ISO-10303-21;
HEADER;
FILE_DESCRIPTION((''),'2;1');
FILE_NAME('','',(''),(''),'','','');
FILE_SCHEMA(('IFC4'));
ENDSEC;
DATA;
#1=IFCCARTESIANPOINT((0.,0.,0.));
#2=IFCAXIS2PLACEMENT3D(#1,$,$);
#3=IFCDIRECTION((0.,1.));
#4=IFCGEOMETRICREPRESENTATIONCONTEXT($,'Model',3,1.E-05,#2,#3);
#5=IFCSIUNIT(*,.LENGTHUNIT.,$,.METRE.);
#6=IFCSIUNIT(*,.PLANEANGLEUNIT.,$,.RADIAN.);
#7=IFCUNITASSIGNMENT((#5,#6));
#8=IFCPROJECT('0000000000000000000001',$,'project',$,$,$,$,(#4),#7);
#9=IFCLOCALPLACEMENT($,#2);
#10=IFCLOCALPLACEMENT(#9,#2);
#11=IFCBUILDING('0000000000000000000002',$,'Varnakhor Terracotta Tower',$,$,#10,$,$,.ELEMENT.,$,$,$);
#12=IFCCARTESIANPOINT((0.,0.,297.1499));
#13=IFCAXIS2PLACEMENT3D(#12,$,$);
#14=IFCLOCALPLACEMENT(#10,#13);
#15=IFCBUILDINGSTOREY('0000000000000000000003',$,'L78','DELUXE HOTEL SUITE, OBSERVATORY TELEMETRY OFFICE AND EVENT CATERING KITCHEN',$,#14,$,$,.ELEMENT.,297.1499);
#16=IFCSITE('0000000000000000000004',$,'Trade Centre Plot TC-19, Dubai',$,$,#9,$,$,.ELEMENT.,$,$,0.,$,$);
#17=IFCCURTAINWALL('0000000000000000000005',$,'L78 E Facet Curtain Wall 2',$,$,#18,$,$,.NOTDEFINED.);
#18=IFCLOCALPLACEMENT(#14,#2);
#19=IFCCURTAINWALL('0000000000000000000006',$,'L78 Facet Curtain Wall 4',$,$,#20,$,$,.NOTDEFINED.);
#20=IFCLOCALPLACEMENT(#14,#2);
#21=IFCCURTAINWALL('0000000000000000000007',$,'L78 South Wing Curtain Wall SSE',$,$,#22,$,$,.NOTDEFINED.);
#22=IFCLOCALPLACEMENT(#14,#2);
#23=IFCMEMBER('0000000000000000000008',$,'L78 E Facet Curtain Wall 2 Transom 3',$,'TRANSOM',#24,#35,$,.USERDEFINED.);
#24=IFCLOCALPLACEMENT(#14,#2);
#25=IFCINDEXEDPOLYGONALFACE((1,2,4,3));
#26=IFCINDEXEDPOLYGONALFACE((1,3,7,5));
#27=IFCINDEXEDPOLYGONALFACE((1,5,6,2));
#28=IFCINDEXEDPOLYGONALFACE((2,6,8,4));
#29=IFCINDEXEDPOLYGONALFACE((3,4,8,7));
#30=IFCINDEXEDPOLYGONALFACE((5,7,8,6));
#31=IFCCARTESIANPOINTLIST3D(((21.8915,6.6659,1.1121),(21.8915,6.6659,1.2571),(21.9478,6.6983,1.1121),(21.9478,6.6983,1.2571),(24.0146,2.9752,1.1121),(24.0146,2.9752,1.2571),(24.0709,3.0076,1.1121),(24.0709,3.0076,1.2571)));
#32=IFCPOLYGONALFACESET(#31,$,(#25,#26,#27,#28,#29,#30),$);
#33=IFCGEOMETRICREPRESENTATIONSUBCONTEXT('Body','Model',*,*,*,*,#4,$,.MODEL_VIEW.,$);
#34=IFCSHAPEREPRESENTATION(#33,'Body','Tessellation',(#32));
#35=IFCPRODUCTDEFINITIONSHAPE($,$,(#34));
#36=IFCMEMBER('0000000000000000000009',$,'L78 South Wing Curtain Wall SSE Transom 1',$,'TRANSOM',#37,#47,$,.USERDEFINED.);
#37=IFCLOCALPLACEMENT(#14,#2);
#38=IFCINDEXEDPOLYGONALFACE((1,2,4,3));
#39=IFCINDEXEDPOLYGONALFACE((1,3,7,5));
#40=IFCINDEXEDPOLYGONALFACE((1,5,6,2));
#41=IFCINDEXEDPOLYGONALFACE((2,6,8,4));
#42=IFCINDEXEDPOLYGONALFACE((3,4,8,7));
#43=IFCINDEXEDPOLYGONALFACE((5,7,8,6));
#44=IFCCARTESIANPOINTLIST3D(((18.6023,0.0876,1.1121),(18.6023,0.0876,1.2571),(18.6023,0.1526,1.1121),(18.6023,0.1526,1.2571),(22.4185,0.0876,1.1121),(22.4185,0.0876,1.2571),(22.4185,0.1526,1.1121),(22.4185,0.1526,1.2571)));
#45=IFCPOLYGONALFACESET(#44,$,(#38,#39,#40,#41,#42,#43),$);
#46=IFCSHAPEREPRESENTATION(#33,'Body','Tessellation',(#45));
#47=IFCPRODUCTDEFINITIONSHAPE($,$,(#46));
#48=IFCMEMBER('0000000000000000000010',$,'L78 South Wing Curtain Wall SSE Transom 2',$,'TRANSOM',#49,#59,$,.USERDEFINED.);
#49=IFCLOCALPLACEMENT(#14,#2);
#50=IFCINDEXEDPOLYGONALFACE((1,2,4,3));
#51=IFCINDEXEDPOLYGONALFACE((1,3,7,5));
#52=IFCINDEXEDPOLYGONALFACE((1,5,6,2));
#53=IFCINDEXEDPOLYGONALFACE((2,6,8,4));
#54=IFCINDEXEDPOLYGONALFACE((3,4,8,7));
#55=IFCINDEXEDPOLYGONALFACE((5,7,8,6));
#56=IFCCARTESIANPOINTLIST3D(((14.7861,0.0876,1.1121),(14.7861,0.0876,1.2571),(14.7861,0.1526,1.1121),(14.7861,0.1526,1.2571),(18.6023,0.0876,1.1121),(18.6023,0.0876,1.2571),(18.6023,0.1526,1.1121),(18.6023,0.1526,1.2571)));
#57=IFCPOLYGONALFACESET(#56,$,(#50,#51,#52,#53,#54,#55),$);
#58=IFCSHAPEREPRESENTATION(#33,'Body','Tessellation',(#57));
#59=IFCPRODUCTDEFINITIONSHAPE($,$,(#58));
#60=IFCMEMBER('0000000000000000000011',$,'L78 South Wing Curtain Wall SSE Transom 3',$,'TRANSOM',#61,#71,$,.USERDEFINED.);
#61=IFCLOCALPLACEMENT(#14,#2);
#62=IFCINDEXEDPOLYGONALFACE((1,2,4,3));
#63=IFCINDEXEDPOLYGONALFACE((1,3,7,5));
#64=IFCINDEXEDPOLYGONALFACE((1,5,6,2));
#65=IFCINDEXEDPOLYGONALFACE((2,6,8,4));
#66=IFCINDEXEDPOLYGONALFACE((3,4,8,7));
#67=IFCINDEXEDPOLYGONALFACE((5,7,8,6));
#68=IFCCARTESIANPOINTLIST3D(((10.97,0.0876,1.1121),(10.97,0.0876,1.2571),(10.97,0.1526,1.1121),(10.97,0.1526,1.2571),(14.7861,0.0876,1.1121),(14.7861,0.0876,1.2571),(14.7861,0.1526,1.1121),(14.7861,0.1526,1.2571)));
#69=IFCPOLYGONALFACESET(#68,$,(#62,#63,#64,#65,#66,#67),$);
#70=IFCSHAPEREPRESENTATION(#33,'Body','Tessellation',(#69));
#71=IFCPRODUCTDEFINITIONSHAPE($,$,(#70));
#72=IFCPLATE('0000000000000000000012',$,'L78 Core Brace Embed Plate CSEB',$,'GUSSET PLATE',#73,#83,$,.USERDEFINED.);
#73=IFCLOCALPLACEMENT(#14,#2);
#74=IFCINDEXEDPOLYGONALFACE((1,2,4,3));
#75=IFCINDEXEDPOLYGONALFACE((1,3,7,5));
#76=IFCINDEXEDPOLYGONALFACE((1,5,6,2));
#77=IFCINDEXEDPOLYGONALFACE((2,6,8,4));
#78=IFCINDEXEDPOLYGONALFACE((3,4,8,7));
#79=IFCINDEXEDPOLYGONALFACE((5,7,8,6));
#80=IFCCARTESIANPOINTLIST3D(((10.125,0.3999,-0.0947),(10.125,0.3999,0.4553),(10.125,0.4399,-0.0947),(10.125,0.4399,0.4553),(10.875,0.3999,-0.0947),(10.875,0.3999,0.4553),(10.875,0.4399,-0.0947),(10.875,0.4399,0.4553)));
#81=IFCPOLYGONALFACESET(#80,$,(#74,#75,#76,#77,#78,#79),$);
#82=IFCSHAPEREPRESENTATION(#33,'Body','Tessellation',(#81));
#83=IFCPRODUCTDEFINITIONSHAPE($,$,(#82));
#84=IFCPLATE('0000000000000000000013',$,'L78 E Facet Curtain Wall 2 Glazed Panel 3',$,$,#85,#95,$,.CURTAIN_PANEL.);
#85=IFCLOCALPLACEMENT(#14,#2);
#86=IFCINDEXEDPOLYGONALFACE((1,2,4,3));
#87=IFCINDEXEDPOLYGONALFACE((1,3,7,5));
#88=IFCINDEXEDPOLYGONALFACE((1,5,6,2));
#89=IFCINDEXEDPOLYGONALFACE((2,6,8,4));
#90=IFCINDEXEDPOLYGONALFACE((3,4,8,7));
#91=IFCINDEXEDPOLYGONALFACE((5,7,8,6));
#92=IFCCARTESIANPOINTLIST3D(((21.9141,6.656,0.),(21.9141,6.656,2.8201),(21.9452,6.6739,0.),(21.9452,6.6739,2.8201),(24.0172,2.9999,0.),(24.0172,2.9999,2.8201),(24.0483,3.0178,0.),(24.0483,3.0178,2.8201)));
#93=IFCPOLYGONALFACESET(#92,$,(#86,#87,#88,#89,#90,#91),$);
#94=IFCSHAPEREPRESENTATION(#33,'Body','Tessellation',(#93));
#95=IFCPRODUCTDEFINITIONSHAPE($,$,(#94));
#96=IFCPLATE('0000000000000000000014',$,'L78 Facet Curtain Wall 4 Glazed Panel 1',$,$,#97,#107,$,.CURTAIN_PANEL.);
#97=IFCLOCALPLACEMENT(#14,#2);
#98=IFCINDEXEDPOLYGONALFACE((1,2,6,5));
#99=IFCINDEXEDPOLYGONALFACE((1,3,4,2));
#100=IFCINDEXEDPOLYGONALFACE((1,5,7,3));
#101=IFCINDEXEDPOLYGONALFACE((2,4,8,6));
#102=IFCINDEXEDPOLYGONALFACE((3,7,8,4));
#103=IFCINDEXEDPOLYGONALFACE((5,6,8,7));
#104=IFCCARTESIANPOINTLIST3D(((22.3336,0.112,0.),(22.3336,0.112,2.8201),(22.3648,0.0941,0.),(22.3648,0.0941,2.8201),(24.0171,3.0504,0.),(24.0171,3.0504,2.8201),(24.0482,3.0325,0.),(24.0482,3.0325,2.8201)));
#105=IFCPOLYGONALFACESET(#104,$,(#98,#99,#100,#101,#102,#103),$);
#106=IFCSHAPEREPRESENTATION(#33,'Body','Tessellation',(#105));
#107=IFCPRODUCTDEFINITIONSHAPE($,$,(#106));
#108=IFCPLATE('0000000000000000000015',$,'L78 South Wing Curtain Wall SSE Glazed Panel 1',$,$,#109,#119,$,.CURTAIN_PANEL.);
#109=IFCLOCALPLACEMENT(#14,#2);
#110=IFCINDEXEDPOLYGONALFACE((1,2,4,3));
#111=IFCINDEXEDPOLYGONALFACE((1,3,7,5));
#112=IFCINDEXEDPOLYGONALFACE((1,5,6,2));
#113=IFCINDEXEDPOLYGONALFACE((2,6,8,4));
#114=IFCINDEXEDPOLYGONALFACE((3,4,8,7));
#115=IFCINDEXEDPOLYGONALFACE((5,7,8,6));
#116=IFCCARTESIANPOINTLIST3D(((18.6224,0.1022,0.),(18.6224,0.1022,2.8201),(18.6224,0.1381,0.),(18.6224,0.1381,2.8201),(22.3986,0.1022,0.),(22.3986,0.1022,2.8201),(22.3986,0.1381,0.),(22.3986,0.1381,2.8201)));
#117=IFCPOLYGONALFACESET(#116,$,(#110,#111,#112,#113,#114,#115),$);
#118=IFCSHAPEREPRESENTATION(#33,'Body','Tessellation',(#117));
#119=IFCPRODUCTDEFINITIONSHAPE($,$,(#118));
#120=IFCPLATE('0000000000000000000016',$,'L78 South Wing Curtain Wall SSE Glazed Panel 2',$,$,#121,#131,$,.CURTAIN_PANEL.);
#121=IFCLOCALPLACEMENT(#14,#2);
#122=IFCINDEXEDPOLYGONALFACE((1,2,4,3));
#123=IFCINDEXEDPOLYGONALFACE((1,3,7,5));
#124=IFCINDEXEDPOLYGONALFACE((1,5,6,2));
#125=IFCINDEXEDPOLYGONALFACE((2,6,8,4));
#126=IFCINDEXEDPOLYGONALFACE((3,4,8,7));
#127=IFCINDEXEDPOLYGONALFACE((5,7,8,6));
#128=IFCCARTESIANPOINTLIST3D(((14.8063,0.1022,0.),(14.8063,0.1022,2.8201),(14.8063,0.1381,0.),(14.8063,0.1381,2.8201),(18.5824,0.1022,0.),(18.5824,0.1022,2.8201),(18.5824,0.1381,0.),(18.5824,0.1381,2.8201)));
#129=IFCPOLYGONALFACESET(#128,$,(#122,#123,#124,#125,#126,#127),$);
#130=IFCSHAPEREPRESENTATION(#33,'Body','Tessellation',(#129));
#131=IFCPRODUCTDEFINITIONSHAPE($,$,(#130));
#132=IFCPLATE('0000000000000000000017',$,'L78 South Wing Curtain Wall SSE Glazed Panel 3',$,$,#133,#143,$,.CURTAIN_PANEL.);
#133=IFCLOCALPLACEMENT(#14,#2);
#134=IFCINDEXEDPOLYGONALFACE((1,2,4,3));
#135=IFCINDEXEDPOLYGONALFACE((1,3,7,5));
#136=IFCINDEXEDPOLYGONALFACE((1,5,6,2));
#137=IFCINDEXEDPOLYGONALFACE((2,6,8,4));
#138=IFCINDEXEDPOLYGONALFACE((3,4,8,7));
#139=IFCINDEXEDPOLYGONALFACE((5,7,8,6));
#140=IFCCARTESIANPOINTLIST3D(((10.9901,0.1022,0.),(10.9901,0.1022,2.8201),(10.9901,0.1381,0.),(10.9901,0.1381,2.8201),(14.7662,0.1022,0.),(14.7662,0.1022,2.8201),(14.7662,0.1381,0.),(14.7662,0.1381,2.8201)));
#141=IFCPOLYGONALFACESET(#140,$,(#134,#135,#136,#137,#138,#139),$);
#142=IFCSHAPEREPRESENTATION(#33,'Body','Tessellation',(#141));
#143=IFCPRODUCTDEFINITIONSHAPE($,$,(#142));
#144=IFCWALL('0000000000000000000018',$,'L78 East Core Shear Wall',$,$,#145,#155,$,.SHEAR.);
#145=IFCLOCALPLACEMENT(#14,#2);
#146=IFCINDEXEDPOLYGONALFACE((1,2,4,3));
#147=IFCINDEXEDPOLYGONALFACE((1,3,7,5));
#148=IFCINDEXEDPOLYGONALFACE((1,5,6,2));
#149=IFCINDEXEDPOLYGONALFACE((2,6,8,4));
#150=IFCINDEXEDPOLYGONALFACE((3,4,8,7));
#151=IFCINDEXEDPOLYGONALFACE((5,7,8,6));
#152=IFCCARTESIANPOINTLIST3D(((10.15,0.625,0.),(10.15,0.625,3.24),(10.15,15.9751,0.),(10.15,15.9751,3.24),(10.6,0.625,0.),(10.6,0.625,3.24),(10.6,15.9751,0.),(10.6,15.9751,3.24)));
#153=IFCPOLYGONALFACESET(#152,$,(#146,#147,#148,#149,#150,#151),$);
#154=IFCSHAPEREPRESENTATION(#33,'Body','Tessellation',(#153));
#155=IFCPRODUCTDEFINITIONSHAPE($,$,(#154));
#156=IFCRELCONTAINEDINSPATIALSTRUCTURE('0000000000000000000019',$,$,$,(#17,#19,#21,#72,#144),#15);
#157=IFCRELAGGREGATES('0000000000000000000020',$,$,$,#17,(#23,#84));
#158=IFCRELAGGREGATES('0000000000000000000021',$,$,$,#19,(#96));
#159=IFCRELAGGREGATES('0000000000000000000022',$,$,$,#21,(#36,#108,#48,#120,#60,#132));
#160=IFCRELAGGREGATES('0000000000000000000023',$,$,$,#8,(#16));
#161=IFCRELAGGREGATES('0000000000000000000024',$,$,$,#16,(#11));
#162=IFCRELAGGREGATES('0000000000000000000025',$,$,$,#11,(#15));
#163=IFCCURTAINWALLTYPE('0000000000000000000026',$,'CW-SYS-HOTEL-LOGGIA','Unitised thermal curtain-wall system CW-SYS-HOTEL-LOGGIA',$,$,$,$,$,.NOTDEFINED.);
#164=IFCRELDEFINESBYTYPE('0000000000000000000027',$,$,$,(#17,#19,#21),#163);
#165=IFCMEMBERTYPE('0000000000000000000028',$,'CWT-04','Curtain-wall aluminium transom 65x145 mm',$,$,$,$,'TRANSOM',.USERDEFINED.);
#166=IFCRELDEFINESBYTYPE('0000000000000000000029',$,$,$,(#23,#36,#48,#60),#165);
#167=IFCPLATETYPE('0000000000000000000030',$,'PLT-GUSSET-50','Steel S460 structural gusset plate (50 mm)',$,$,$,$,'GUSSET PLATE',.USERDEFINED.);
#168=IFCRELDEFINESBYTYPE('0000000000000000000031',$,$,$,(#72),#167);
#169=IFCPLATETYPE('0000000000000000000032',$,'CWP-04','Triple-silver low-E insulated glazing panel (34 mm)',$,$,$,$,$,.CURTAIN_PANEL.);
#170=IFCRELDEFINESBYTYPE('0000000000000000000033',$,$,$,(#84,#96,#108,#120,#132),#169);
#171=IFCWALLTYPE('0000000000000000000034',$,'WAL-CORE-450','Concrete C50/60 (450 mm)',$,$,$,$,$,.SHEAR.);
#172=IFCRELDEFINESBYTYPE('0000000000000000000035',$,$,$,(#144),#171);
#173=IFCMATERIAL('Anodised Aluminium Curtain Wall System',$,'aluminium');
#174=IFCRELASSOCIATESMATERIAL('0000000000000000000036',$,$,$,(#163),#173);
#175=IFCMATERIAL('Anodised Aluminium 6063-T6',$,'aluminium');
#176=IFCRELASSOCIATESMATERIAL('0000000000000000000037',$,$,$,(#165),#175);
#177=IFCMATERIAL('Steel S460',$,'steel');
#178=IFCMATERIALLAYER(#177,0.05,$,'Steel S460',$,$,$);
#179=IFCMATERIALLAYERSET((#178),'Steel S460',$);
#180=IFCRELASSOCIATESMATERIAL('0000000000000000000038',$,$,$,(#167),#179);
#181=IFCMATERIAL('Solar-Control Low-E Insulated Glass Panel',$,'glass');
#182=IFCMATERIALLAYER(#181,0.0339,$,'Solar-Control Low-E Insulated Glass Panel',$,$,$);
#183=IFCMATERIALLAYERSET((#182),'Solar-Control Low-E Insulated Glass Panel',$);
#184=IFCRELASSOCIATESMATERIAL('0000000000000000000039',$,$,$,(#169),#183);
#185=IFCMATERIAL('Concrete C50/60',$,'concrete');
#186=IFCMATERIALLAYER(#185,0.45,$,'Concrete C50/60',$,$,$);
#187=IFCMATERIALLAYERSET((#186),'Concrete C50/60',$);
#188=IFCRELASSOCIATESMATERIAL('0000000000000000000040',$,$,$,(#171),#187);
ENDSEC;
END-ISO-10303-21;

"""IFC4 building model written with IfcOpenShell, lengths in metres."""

from ifc_helpers import new_model, si_unit, direction, frame, frame_2d, origin, origin_2d, place, context, subcontext, project, spatial, rectangle, extrude, source, transform, mapped, material, layer, layer_set, material_profile, profile_set, type_object, type_shapes, element, aggregate, save


model = new_model("IFC4")

# Units and contexts
model_context = context("Model", 3, precision=1e-05, world=origin(), true_north=direction((0.0, 1.0)))
body_context = subcontext(model_context, "Body", "Model", "MODEL_VIEW")
ifc_project = project(units=[si_unit("LENGTHUNIT", "METRE"), si_unit("PLANEANGLEUNIT", "RADIAN")], contexts=[model_context])

# Site, building, storey
site_placement = place(None, origin())
site = spatial("IfcSite", under=ifc_project, at=site_placement, Name="Trade Centre Plot TC-19, Dubai", CompositionType="ELEMENT", RefElevation=0.0)
building_placement = place(site_placement, origin())
building = spatial("IfcBuilding", under=site, at=building_placement, Name="Varnakhor Terracotta Tower", CompositionType="ELEMENT")
storey_placement = place(building_placement, frame((0.0, 0.0, 297.1499)))
storey = spatial("IfcBuildingStorey", under=building, at=storey_placement, Name="L78", Description="DELUXE HOTEL SUITE, OBSERVATORY TELEMETRY OFFICE AND EVENT CATERING KITCHEN", CompositionType="ELEMENT", Elevation=297.1499)

# Shared definitions
ifc_material_1 = material(Name="Concrete C50/60", Category="concrete")

# Curtain walls
ifc_material_2 = material(Name="Anodised Aluminium Curtain Wall System", Category="aluminium")
curtain_wall_type = type_object("IfcCurtainWallType", Name="CW-SYS-HOTEL-LOGGIA", Description="Unitised thermal curtain-wall system CW-SYS-HOTEL-LOGGIA", PredefinedType="NOTDEFINED", material=ifc_material_2)
curtain_wall_1_placement = place(storey_placement, origin())
curtain_wall_1 = element("IfcCurtainWall", 1, at=curtain_wall_1_placement, inside=storey, type_object=curtain_wall_type, Name="L78 E Facet Curtain Wall 2", PredefinedType="NOTDEFINED")
ifc_material_3 = material(Name="Anodised Aluminium 6063-T6", Category="aluminium")
curtain_wall_2_placement = place(storey_placement, origin())
curtain_wall_2 = element("IfcCurtainWall", 2, at=curtain_wall_2_placement, inside=storey, type_object=curtain_wall_type, Name="L78 Facet Curtain Wall 4", PredefinedType="NOTDEFINED")

# Curtain wall
curtain_wall_3_placement = place(storey_placement, origin())
curtain_wall_3 = element("IfcCurtainWall", 3, at=curtain_wall_3_placement, inside=storey, type_object=curtain_wall_type, Name="L78 South Wing Curtain Wall SSE", PredefinedType="NOTDEFINED")

# Members
ifc_material_profile_1 = material_profile(ifc_material_3, rectangle(XDim=0.0649, YDim=0.145, at=origin_2d()), Name="ALU TRANSOM 65x145")
ifc_profile_set_1 = profile_set([ifc_material_profile_1], Name="Anodised Aluminium 6063-T6")
member_type_1 = type_object("IfcMemberType", Name="CWT-04", Description="Curtain-wall aluminium transom 65x145 mm", ElementType="TRANSOM", PredefinedType="USERDEFINED", material=ifc_profile_set_1)
shared_shape_1 = source(origin(), body_context, "Body", "SweptSolid", [
    extrude(rectangle(XDim=0.0649, YDim=0.145, at=origin_2d()), origin(), (0.0, 0.0, 1.0), 4.2578),
])
member_1_placement = place(storey_placement, frame((21.9197, 6.6821, 1.1846), z_axis=(0.498632, -0.866814, 0.0), x_axis=(0.866814, 0.498632, 0.0)))
member_1 = element("IfcMember", 4, at=member_1_placement, type_object=member_type_1, Name="L78 E Facet Curtain Wall 2 Transom 3", ObjectType="TRANSOM", PredefinedType="USERDEFINED", context=body_context, shape_type="MappedRepresentation", body=[
    mapped(shared_shape_1, transform((0.0, 0.0, 0.0), scale=1.0)),
])
shared_shape_2 = source(origin(), body_context, "Body", "SweptSolid", [
    extrude(rectangle(XDim=0.0649, YDim=0.145, at=origin_2d()), origin(), (0.0, 0.0, 1.0), 3.8162),
])
member_2_placement = place(storey_placement, frame((22.4185, 0.1201, 1.1846), z_axis=(-1.0, 0.0, 0.0), x_axis=(0.0, -1.0, 0.0)))
member_2 = element("IfcMember", 5, at=member_2_placement, type_object=member_type_1, Name="L78 South Wing Curtain Wall SSE Transom 1", ObjectType="TRANSOM", PredefinedType="USERDEFINED", context=body_context, shape_type="MappedRepresentation", body=[
    mapped(shared_shape_2, transform((0.0, 0.0, 0.0), scale=1.0)),
])
member_3_placement = place(storey_placement, frame((18.6023, 0.1201, 1.1846), z_axis=(-1.0, 0.0, 0.0), x_axis=(0.0, -1.0, 0.0)))
member_3 = element("IfcMember", 6, at=member_3_placement, type_object=member_type_1, Name="L78 South Wing Curtain Wall SSE Transom 2", ObjectType="TRANSOM", PredefinedType="USERDEFINED", context=body_context, shape_type="MappedRepresentation", body=[
    mapped(shared_shape_2, transform((0.0, 0.0, 0.0), scale=1.0)),
])
member_4_placement = place(storey_placement, frame((14.7861, 0.1201, 1.1846), z_axis=(-1.0, 0.0, 0.0), x_axis=(0.0, -1.0, 0.0)))
member_4 = element("IfcMember", 7, at=member_4_placement, type_object=member_type_1, Name="L78 South Wing Curtain Wall SSE Transom 3", ObjectType="TRANSOM", PredefinedType="USERDEFINED", context=body_context, shape_type="MappedRepresentation", body=[
    mapped(shared_shape_2, transform((0.0, 0.0, 0.0), scale=1.0)),
])

# Plates
ifc_material_4 = material(Name="Steel S460", Category="steel")
ifc_layer_1 = layer(ifc_material_4, 0.05, Name="Steel S460")
ifc_layer_set_1 = layer_set([ifc_layer_1], Name="Steel S460")
plate_type_1 = type_object("IfcPlateType", Name="PLT-GUSSET-50", Description="Steel S460 structural gusset plate (50 mm)", ElementType="GUSSET PLATE", PredefinedType="USERDEFINED", material=ifc_layer_set_1)
shared_shape_3 = source(origin(), body_context, "Body", "SweptSolid", [
    extrude(rectangle(XDim=0.75, YDim=0.04, at=origin_2d()), origin(), (0.0, 0.0, 1.0), 0.55),
])
type_shapes(plate_type_1, [shared_shape_3])
plate_1_placement = place(storey_placement, frame((10.5, 0.4199, -0.0947), z_axis=(0.0, 0.0, 1.0), x_axis=(1.0, 0.0, 0.0)))
element("IfcPlate", 8, at=plate_1_placement, inside=storey, type_object=plate_type_1, Name="L78 Core Brace Embed Plate CSEB", ObjectType="GUSSET PLATE", PredefinedType="USERDEFINED", context=body_context, shape_type="MappedRepresentation", body=[
    mapped(shared_shape_3, transform((0.0, 0.0, 0.0), scale=1.0)),
])
ifc_material_5 = material(Name="Solar-Control Low-E Insulated Glass Panel", Category="glass")
ifc_layer_2 = layer(ifc_material_5, 0.0339, Name="Solar-Control Low-E Insulated Glass Panel")
ifc_layer_set_2 = layer_set([ifc_layer_2], Name="Solar-Control Low-E Insulated Glass Panel")
plate_type_2 = type_object("IfcPlateType", Name="CWP-04", Description="Triple-silver low-E insulated glazing panel (34 mm)", PredefinedType="CURTAIN_PANEL", material=ifc_layer_set_2)
shared_shape_4 = source(origin(), body_context, "Body", "SweptSolid", [
    extrude(rectangle(XDim=4.2178, YDim=0.0359, at=origin_2d()), origin(), (0.0, 0.0, 1.0), 2.8201),
])
plate_2_placement = place(storey_placement, frame((22.9812, 4.8369, 0.0), z_axis=(0.0, 0.0, 1.0), x_axis=(0.498609, -0.866827, 0.0)))
plate_2 = element("IfcPlate", 9, at=plate_2_placement, type_object=plate_type_2, Name="L78 E Facet Curtain Wall 2 Glazed Panel 3", PredefinedType="CURTAIN_PANEL", context=body_context, shape_type="MappedRepresentation", body=[
    mapped(shared_shape_4, transform((0.0, 0.0, 0.0), scale=1.0)),
])
aggregate(curtain_wall_1, [member_1, plate_2])
shared_shape_5 = source(origin(), body_context, "Body", "SweptSolid", [
    extrude(rectangle(XDim=3.3865, YDim=0.0359, at=origin_2d()), origin(), (0.0, 0.0, 1.0), 2.8201),
])
plate_3_placement = place(storey_placement, frame((23.1909, 1.5723, 0.0), z_axis=(0.0, 0.0, 1.0), x_axis=(-0.49711, -0.867687, 0.0)))
plate_3 = element("IfcPlate", 10, at=plate_3_placement, type_object=plate_type_2, Name="L78 Facet Curtain Wall 4 Glazed Panel 1", PredefinedType="CURTAIN_PANEL", context=body_context, shape_type="MappedRepresentation", body=[
    mapped(shared_shape_5, transform((0.0, 0.0, 0.0), scale=1.0)),
])
aggregate(curtain_wall_2, [plate_3])
shared_shape_6 = source(origin(), body_context, "Body", "SweptSolid", [
    extrude(rectangle(XDim=3.7761, YDim=0.0359, at=origin_2d()), origin(), (0.0, 0.0, 1.0), 2.8201),
])
plate_4_placement = place(storey_placement, frame((20.5105, 0.1201, 0.0), z_axis=(0.0, 0.0, 1.0), x_axis=(-1.0, 0.0, 0.0)))
plate_4 = element("IfcPlate", 11, at=plate_4_placement, type_object=plate_type_2, Name="L78 South Wing Curtain Wall SSE Glazed Panel 1", PredefinedType="CURTAIN_PANEL", context=body_context, shape_type="MappedRepresentation", body=[
    mapped(shared_shape_6, transform((0.0, 0.0, 0.0), scale=1.0)),
])
plate_5_placement = place(storey_placement, frame((16.6943, 0.1201, 0.0), z_axis=(0.0, 0.0, 1.0), x_axis=(-1.0, 0.0, 0.0)))
plate_5 = element("IfcPlate", 12, at=plate_5_placement, type_object=plate_type_2, Name="L78 South Wing Curtain Wall SSE Glazed Panel 2", PredefinedType="CURTAIN_PANEL", context=body_context, shape_type="MappedRepresentation", body=[
    mapped(shared_shape_6, transform((0.0, 0.0, 0.0), scale=1.0)),
])
plate_6_placement = place(storey_placement, frame((12.8782, 0.1201, 0.0), z_axis=(0.0, 0.0, 1.0), x_axis=(-1.0, 0.0, 0.0)))
plate_6 = element("IfcPlate", 13, at=plate_6_placement, type_object=plate_type_2, Name="L78 South Wing Curtain Wall SSE Glazed Panel 3", PredefinedType="CURTAIN_PANEL", context=body_context, shape_type="MappedRepresentation", body=[
    mapped(shared_shape_6, transform((0.0, 0.0, 0.0), scale=1.0)),
])
aggregate(curtain_wall_3, [member_2, plate_4, member_3, plate_5, member_4, plate_6])

# Wall
ifc_layer_3 = layer(ifc_material_1, 0.45, Name="Concrete C50/60")
ifc_layer_set_3 = layer_set([ifc_layer_3], Name="Concrete C50/60")
wall_type_1 = type_object("IfcWallType", Name="WAL-CORE-450", Description="Concrete C50/60 (450 mm)", PredefinedType="SHEAR", material=ifc_layer_set_3)
wall_1_placement = place(storey_placement, frame((10.375, 0.625, 0.0), z_axis=(0.0, 0.0, 1.0), x_axis=(0.0, 1.0, 0.0)))
element("IfcWall", 14, at=wall_1_placement, inside=storey, type_object=wall_type_1, Name="L78 East Core Shear Wall", PredefinedType="SHEAR", context=body_context, shape_type="SweptSolid", body=[
    extrude(rectangle(XDim=15.3501, YDim=0.45, at=frame_2d((7.675, 0.0))), origin(), (0.0, 0.0, 1.0), 3.24),
])

save(model, "model.ifc")
